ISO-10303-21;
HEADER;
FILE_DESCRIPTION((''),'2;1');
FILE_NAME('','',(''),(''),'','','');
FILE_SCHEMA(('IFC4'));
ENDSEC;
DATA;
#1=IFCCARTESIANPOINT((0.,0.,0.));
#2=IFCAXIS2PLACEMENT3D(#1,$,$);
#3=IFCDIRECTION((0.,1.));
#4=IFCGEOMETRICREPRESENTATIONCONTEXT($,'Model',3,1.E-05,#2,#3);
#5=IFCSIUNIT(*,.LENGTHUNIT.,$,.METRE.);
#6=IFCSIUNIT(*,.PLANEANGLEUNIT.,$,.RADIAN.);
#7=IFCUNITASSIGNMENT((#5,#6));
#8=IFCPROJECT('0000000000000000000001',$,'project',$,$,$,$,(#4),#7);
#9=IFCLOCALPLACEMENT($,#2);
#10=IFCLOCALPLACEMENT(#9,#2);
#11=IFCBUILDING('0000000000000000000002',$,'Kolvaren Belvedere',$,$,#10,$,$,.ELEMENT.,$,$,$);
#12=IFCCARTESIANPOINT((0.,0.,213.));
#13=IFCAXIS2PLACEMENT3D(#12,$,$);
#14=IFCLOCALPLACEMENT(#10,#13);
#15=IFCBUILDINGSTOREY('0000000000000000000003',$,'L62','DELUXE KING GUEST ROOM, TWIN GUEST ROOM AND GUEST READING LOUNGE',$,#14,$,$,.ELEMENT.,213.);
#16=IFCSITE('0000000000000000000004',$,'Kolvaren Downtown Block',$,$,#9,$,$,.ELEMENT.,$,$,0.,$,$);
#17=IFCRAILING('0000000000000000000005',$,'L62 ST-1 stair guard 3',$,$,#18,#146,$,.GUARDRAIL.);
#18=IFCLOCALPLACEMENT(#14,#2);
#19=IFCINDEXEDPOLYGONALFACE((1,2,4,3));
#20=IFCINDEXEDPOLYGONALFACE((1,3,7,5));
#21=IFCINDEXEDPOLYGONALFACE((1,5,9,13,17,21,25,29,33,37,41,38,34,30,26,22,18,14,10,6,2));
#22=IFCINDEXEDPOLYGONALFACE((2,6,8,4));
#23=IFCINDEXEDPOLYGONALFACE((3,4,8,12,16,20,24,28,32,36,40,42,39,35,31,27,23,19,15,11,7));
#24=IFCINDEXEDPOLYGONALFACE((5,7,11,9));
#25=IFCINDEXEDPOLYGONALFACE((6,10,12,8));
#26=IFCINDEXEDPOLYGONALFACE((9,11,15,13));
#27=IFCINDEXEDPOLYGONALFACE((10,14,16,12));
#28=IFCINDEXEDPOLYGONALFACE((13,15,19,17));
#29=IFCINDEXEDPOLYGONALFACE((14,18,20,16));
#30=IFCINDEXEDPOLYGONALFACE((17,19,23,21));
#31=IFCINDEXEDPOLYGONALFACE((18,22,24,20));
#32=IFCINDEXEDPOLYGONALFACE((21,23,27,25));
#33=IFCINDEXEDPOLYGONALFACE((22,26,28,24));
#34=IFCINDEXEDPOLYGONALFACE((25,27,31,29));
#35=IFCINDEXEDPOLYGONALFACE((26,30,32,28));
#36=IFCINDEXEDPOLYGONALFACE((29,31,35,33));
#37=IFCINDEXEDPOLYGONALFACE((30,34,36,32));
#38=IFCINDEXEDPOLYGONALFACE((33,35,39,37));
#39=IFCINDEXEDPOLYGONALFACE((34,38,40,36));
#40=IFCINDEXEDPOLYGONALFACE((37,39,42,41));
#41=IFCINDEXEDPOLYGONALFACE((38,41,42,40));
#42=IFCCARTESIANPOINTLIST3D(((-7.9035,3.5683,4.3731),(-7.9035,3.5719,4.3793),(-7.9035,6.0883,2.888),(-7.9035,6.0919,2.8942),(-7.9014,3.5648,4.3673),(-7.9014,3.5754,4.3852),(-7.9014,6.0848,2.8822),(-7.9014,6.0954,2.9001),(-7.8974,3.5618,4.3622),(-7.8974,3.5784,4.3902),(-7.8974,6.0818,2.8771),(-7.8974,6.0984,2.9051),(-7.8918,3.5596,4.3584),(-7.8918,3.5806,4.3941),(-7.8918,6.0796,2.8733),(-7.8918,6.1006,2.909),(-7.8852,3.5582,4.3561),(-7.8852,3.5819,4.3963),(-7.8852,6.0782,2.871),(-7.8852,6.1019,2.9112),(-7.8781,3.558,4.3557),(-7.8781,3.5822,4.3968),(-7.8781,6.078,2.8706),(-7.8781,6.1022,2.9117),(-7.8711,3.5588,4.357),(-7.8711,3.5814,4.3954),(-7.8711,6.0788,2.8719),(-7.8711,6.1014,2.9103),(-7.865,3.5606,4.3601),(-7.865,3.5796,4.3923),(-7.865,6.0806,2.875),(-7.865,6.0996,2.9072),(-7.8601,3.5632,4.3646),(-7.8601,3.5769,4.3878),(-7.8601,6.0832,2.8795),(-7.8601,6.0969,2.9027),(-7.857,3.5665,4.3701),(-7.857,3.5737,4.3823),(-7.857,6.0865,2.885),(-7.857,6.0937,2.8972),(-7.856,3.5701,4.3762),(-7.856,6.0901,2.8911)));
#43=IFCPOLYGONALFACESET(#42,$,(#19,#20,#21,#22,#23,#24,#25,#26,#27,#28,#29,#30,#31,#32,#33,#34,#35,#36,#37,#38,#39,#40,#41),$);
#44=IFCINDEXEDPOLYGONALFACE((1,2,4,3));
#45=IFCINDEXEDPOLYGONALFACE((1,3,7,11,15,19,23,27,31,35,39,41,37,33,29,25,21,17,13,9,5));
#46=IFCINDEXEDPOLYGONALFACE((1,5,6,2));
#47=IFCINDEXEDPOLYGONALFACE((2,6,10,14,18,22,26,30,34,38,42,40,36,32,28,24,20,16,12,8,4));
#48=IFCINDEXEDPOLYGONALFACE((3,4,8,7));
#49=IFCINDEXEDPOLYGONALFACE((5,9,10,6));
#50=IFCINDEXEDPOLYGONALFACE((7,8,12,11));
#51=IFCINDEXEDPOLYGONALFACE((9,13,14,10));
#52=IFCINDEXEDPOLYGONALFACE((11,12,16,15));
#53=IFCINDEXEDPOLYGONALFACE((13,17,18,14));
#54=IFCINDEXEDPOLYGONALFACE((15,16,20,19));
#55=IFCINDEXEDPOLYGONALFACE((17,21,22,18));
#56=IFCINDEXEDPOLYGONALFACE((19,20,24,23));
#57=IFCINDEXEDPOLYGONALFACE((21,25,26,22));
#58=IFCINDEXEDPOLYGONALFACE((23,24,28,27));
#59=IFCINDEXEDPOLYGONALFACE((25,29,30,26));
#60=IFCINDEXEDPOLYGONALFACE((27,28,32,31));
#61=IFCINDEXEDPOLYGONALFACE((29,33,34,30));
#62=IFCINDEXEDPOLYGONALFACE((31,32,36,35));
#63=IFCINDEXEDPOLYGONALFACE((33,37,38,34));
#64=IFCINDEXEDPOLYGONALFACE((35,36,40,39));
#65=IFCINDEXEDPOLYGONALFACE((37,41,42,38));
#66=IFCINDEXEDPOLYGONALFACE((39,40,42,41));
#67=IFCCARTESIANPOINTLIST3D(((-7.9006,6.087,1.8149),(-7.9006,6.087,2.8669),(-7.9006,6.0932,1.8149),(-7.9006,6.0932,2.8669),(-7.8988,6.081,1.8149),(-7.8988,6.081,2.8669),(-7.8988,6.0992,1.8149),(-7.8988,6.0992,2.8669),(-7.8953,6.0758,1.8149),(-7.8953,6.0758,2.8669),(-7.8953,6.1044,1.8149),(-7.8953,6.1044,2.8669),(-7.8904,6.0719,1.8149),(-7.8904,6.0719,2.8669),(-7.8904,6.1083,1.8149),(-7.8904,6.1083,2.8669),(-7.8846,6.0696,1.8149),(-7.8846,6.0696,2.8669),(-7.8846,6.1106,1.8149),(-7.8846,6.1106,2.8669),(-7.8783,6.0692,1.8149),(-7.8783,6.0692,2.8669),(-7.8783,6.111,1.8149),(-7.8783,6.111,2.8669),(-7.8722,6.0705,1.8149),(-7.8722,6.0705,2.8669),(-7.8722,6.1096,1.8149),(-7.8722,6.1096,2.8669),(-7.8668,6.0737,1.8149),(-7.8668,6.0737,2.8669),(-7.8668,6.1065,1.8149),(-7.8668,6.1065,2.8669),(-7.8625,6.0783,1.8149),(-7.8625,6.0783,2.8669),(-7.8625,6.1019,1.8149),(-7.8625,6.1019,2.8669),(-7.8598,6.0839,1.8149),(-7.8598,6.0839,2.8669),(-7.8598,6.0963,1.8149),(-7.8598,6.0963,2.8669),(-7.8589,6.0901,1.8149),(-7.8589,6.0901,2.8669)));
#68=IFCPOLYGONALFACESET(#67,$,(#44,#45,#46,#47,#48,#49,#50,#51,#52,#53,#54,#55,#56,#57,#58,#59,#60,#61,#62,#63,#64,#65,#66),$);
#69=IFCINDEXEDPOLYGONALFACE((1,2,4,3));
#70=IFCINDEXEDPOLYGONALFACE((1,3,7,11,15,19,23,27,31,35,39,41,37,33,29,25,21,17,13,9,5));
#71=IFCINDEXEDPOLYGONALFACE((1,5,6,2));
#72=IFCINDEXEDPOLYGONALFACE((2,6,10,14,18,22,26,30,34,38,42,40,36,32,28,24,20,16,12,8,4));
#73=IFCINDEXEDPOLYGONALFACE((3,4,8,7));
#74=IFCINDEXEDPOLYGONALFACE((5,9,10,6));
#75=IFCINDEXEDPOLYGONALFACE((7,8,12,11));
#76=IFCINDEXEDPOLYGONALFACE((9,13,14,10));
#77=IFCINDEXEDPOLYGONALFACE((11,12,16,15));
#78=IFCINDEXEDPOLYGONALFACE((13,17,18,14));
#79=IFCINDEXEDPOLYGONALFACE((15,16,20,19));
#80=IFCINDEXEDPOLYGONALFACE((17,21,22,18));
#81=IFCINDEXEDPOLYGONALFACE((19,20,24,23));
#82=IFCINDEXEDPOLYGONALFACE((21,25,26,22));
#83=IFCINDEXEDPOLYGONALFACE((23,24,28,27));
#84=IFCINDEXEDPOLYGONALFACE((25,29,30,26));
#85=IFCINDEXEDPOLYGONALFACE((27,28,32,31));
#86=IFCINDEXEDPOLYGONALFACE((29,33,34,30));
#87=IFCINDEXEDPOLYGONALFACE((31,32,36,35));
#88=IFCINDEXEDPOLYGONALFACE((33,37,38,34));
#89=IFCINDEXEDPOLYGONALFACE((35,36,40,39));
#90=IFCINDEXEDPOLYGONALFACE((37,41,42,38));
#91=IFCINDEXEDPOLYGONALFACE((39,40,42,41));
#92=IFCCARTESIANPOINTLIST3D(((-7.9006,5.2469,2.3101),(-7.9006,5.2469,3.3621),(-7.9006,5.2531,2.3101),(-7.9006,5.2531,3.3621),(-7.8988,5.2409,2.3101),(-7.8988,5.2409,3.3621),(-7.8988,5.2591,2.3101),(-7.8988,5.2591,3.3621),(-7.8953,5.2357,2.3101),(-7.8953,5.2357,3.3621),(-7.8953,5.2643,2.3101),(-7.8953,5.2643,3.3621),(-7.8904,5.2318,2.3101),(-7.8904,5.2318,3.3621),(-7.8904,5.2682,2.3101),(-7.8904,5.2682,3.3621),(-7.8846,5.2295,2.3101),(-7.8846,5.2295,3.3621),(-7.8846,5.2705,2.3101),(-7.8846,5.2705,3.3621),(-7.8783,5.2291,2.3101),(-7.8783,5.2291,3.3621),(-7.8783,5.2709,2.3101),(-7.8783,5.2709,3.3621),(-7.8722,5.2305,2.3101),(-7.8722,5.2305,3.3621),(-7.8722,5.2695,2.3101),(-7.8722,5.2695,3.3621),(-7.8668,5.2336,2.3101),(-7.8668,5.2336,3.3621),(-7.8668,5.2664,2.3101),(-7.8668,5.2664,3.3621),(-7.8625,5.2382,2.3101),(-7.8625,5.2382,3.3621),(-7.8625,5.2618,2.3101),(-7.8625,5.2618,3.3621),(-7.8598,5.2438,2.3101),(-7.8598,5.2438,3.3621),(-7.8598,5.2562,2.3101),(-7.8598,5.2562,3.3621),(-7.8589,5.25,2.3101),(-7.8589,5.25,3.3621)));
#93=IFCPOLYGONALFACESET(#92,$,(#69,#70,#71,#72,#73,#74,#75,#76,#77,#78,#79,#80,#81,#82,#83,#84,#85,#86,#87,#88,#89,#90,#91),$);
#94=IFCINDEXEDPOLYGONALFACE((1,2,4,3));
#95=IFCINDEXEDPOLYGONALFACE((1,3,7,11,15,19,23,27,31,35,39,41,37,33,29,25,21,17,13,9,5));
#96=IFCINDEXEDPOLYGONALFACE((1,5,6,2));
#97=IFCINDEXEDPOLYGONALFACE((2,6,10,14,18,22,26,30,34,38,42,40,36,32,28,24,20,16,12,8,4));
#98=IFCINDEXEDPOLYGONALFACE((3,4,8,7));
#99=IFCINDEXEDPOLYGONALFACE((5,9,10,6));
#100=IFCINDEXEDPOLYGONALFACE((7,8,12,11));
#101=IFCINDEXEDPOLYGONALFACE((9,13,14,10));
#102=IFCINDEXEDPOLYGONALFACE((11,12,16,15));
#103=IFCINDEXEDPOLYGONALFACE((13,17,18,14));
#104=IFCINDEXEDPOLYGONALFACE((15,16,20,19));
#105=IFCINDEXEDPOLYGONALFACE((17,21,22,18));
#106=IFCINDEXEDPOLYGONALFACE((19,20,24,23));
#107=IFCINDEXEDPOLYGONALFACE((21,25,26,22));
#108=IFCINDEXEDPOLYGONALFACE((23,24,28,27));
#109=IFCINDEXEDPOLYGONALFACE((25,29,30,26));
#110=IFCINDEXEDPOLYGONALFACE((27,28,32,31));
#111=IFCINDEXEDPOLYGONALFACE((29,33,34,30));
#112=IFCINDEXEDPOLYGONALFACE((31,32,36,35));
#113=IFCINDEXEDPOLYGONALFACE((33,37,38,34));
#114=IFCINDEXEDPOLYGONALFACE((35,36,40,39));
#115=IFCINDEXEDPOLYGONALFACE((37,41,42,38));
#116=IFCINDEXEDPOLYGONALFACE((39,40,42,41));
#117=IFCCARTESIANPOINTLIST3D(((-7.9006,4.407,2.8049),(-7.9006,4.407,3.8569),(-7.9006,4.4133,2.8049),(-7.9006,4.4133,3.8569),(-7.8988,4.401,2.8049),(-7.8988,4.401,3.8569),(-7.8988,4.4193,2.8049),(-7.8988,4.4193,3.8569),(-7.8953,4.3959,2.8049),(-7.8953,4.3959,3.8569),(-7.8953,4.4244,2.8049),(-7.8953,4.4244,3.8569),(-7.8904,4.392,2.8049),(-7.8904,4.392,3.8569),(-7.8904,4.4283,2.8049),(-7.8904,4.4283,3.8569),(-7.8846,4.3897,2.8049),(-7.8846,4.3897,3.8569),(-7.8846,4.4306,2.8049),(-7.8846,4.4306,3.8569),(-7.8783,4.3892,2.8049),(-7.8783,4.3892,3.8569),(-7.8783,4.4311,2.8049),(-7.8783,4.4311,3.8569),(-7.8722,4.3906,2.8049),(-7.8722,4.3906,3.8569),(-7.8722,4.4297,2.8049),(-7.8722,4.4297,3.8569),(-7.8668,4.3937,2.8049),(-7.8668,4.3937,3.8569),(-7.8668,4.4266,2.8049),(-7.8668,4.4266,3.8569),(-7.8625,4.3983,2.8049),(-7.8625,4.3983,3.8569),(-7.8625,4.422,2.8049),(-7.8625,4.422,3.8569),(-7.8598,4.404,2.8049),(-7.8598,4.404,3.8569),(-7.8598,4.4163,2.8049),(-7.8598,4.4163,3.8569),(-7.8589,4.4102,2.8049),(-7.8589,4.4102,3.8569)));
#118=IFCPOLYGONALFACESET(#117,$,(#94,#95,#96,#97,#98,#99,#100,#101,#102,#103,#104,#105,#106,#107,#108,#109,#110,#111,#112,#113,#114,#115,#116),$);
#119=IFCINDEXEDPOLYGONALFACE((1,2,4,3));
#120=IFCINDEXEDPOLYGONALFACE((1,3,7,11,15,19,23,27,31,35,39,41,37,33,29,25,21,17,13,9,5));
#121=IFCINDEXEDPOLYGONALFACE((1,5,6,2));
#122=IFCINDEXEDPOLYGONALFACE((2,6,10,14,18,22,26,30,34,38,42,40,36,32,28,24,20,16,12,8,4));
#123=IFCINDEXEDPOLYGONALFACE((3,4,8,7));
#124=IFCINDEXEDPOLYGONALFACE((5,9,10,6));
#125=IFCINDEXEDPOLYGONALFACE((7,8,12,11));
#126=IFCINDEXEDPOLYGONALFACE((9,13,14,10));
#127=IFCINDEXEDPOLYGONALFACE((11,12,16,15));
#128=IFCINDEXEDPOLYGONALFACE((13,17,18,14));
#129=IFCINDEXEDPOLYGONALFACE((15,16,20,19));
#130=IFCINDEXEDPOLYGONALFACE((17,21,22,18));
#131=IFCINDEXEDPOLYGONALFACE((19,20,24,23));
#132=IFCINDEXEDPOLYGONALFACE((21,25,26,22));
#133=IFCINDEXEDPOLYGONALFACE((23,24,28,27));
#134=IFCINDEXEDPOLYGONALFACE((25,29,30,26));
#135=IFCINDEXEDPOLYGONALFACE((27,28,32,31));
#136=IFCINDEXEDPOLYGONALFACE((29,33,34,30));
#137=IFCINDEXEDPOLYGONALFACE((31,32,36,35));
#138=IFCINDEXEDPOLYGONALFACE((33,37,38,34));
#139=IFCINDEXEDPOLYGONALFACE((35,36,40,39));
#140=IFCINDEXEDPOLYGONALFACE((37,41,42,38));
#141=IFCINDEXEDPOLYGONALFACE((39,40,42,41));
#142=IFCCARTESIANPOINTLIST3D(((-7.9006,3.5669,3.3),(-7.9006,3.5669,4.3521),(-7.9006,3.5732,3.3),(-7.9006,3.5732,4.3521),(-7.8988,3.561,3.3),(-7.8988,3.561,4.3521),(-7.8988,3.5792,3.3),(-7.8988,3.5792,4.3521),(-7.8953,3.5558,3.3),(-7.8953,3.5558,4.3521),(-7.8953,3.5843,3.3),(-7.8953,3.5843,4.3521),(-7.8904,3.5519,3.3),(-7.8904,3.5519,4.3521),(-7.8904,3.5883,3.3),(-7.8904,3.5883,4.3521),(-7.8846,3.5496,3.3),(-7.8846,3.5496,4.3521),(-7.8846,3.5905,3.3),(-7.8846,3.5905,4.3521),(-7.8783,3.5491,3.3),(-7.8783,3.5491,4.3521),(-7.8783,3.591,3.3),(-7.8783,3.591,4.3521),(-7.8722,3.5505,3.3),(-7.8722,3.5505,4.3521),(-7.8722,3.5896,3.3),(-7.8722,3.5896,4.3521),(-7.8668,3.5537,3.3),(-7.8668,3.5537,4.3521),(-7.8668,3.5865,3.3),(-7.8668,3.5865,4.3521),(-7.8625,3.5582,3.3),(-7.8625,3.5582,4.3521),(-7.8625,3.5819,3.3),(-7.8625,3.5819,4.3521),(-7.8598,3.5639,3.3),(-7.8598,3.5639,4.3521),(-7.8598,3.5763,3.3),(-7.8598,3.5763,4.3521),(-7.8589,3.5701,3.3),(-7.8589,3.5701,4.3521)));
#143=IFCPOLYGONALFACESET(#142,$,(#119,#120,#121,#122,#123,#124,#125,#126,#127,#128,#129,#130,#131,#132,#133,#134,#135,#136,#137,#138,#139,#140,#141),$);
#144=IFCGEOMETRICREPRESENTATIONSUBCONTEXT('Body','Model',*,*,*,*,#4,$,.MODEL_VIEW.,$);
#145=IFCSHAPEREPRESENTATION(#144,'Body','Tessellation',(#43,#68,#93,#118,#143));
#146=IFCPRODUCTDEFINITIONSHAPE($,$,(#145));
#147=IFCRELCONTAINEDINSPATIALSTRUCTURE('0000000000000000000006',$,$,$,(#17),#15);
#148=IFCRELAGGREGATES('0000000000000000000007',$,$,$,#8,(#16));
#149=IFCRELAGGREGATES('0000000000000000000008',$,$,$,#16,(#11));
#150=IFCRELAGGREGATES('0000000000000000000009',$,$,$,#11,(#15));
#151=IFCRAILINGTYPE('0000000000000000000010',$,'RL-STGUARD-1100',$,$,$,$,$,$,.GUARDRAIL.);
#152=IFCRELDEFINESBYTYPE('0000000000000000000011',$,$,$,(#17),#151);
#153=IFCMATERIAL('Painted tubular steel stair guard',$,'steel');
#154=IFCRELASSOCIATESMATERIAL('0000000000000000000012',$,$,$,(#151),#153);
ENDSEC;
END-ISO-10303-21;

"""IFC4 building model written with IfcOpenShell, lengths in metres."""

from ifc_helpers import new_model, si_unit, direction, frame, origin, origin_2d, place, context, subcontext, project, spatial, circle, extrude, material, type_object, element, save


model = new_model("IFC4")

# Units and contexts
model_context = context("Model", 3, precision=1e-05, world=origin(), true_north=direction((0.0, 1.0)))
body_context = subcontext(model_context, "Body", "Model", "MODEL_VIEW")
ifc_project = project(units=[si_unit("LENGTHUNIT", "METRE"), si_unit("PLANEANGLEUNIT", "RADIAN")], contexts=[model_context])

# Site, building, storey
site_placement = place(None, origin())
site = spatial("IfcSite", under=ifc_project, at=site_placement, Name="Kolvaren Downtown Block", CompositionType="ELEMENT", RefElevation=0.0)
building_placement = place(site_placement, origin())
building = spatial("IfcBuilding", under=site, at=building_placement, Name="Kolvaren Belvedere", CompositionType="ELEMENT")
storey_placement = place(building_placement, frame((0.0, 0.0, 213.0)))
storey = spatial("IfcBuildingStorey", under=building, at=storey_placement, Name="L62", Description="DELUXE KING GUEST ROOM, TWIN GUEST ROOM AND GUEST READING LOUNGE", CompositionType="ELEMENT", Elevation=213.0)

# Railing
ifc_material_1 = material(Name="Painted tubular steel stair guard", Category="steel")
railing_type_1 = type_object("IfcRailingType", Name="RL-STGUARD-1100", PredefinedType="GUARDRAIL", material=ifc_material_1)
railing_1_placement = place(storey_placement, frame((-7.8799, 6.0901, 1.8149)))
element("IfcRailing", 1, at=railing_1_placement, inside=storey, type_object=railing_type_1, Name="L62 ST-1 stair guard 3", PredefinedType="GUARDRAIL", context=body_context, shape_type="SweptSolid", body=[
    extrude(circle(Radius=0.0239, at=origin_2d()), frame((0.0, 0.0, 1.0762), z_axis=(0.0, -0.861524, 0.507717), x_axis=(1.0, 0.0, 0.0)), (0.0, 0.0, 1.0), 2.925),
    extrude(circle(Radius=0.021, at=origin_2d()), origin(), (0.0, 0.0, 1.0), 1.052),
    extrude(circle(Radius=0.021, at=origin_2d()), frame((0.0, -0.8401, 0.4951)), (0.0, 0.0, 1.0), 1.052),
    extrude(circle(Radius=0.021, at=origin_2d()), frame((0.0, -1.6799, 0.99)), (0.0, 0.0, 1.0), 1.052),
    extrude(circle(Radius=0.021, at=origin_2d()), frame((0.0, -2.52, 1.4851)), (0.0, 0.0, 1.0), 1.052),
])

save(model, "model.ifc")
